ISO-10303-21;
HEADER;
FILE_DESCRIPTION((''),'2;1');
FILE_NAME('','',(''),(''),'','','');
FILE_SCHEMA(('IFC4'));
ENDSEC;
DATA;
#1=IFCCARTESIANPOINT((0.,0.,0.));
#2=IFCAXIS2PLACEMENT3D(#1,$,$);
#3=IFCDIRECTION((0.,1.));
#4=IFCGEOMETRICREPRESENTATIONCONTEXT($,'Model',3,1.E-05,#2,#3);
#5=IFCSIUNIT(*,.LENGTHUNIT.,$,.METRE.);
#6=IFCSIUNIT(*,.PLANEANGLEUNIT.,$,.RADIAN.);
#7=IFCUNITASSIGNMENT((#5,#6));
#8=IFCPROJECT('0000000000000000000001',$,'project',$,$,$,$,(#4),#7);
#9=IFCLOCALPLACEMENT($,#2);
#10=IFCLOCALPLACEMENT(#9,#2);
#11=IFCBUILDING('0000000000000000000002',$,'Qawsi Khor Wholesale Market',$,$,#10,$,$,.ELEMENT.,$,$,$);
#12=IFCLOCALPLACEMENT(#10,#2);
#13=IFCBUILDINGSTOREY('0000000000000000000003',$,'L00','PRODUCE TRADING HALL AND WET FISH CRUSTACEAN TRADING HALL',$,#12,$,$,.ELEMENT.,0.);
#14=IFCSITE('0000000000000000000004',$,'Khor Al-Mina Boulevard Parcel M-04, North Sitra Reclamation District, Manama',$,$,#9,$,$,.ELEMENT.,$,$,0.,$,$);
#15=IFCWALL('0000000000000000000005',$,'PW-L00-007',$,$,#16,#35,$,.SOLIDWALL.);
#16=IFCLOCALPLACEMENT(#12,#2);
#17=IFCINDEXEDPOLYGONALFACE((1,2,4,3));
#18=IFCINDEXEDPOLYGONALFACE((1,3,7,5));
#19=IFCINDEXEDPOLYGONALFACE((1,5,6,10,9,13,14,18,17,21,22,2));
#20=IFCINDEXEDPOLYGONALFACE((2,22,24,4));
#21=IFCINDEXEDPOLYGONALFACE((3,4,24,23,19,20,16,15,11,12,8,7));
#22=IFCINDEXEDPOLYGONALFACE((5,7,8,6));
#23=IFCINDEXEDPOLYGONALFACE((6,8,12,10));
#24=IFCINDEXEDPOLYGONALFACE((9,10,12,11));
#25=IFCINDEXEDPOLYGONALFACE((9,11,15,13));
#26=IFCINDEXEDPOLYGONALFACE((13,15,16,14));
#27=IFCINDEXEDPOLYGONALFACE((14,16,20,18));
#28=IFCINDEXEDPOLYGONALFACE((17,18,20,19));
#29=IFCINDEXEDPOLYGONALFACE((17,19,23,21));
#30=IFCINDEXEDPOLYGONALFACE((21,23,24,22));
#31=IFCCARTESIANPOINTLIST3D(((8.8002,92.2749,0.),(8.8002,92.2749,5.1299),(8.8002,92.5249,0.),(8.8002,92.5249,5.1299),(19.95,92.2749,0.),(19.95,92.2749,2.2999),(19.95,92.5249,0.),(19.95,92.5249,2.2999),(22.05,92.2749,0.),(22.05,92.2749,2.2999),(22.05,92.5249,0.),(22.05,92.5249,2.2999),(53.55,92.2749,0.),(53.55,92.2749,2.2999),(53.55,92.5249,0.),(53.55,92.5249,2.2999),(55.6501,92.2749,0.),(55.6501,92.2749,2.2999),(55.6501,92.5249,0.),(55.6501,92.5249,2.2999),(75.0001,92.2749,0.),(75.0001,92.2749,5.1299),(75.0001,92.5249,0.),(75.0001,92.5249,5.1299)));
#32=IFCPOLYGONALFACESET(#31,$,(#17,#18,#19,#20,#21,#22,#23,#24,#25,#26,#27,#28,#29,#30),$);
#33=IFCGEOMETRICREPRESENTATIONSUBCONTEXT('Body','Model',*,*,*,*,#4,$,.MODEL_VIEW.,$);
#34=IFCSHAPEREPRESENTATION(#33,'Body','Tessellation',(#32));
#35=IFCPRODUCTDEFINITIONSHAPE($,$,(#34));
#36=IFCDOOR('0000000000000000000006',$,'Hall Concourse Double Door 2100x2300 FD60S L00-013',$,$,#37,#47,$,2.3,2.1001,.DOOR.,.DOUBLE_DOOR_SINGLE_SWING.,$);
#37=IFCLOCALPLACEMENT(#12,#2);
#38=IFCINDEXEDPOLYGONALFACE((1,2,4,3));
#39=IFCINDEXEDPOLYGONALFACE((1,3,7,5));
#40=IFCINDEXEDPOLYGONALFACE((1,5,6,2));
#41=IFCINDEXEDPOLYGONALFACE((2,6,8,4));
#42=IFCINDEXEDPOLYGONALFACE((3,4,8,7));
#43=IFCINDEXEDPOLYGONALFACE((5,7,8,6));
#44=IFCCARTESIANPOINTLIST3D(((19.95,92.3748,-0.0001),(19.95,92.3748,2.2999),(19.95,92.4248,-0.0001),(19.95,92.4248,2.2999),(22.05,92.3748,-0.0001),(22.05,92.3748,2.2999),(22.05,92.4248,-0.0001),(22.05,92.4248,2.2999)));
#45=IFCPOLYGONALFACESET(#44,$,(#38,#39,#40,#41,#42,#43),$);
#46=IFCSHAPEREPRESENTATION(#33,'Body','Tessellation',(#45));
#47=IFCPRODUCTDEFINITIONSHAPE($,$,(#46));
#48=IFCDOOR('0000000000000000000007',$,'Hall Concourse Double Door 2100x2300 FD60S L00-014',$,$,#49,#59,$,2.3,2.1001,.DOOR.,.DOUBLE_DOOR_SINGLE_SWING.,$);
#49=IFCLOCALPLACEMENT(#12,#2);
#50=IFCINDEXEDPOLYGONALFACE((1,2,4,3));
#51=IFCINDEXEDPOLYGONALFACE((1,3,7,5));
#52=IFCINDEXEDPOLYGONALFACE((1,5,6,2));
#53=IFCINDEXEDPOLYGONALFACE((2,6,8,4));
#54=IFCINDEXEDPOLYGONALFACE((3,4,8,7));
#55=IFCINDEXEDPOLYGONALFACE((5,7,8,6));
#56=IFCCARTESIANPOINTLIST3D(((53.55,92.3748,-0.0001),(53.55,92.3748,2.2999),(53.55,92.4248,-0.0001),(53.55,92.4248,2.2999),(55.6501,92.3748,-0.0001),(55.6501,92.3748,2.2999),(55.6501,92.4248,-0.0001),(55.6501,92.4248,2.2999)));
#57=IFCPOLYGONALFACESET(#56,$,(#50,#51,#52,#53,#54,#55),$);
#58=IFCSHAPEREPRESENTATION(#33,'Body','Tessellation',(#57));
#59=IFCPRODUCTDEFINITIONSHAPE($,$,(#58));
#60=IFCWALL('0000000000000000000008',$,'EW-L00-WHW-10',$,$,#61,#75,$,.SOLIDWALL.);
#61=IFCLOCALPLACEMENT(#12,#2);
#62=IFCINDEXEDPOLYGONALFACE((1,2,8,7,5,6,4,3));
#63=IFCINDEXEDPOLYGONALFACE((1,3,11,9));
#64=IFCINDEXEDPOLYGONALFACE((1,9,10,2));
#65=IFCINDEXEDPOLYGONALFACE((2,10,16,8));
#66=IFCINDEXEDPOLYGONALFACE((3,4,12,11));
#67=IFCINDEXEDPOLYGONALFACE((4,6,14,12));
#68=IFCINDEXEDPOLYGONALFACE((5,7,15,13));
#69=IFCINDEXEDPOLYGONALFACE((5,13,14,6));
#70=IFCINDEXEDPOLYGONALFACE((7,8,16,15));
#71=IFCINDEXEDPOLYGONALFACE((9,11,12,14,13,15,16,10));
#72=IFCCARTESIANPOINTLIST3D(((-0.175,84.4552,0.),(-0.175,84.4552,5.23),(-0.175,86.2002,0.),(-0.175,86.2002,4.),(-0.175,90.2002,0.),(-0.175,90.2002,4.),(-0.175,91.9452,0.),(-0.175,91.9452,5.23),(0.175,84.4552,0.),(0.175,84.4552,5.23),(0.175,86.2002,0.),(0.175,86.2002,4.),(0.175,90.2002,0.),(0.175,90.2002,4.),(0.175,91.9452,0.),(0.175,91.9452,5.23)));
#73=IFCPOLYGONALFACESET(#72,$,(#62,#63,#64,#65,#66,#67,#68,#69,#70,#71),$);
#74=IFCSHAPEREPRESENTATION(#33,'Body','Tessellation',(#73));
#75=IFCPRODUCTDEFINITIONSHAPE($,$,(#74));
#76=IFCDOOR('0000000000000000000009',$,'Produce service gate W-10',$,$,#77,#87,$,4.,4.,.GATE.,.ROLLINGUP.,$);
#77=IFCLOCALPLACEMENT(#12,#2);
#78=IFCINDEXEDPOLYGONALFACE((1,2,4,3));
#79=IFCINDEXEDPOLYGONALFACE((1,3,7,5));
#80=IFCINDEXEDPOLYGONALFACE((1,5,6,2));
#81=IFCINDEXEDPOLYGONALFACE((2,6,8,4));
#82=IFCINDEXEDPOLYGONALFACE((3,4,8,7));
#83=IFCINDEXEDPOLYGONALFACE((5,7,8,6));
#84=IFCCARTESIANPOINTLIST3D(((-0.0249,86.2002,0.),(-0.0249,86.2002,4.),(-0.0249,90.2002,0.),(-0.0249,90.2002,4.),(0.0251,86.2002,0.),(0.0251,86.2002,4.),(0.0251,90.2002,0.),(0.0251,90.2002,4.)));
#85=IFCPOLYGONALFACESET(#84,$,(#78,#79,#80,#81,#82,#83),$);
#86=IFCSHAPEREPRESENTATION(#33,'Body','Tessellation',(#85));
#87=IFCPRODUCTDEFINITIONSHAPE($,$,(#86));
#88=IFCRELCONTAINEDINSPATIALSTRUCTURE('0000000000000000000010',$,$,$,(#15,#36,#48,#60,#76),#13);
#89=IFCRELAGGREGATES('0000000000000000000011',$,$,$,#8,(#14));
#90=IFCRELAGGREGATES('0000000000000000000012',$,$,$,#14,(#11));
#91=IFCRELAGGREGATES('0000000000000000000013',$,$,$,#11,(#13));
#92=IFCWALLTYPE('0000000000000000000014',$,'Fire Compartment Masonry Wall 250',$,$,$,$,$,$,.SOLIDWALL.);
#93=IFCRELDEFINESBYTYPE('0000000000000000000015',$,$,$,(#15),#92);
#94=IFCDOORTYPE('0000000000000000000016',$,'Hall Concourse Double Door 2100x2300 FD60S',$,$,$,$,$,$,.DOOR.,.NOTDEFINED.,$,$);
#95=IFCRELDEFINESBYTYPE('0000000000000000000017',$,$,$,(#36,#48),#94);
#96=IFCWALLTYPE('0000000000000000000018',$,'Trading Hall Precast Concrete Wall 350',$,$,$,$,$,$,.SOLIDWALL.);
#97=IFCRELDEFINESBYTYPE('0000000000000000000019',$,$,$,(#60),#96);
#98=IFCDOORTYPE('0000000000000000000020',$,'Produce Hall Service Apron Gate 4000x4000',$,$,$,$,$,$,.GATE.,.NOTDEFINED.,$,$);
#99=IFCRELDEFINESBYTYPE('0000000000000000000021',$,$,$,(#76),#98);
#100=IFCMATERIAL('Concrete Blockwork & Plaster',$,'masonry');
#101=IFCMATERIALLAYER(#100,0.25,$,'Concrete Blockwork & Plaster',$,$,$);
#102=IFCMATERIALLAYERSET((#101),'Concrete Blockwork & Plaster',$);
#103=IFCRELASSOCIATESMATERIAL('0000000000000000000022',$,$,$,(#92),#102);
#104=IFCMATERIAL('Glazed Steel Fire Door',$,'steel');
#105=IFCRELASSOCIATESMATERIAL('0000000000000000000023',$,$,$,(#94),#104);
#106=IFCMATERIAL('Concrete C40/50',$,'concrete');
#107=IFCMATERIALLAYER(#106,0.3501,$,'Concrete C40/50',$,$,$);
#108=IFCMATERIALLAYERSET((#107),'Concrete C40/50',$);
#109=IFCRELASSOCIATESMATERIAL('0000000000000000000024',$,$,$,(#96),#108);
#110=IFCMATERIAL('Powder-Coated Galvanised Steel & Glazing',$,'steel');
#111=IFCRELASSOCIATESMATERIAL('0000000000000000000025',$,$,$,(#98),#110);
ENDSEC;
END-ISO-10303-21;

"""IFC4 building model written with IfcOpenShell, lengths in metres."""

from ifc_helpers import new_model, si_unit, direction, frame, frame_2d, origin, place, context, subcontext, project, spatial, rectangle, extrude, material, layer, layer_set, type_object, element, fill, save


model = new_model("IFC4")

# Units and contexts
model_context = context("Model", 3, precision=1e-05, world=origin(), true_north=direction((0.0, 1.0)))
body_context = subcontext(model_context, "Body", "Model", "MODEL_VIEW")
ifc_project = project(units=[si_unit("LENGTHUNIT", "METRE"), si_unit("PLANEANGLEUNIT", "RADIAN")], contexts=[model_context])

# Site, building, storey
site_placement = place(None, origin())
site = spatial("IfcSite", under=ifc_project, at=site_placement, Name="Khor Al-Mina Boulevard Parcel M-04, North Sitra Reclamation District, Manama", CompositionType="ELEMENT", RefElevation=0.0)
building_placement = place(site_placement, origin())
building = spatial("IfcBuilding", under=site, at=building_placement, Name="Qawsi Khor Wholesale Market", CompositionType="ELEMENT")
storey_placement = place(building_placement, origin())
storey = spatial("IfcBuildingStorey", under=building, at=storey_placement, Name="L00", Description="PRODUCE TRADING HALL AND WET FISH CRUSTACEAN TRADING HALL", CompositionType="ELEMENT", Elevation=0.0)

# Shared definitions
ifc_material_1 = material(Name="Concrete C40/50", Category="concrete")

# Wall, openings, doors
ifc_material_2 = material(Name="Concrete Blockwork & Plaster", Category="masonry")
ifc_layer_1 = layer(ifc_material_2, 0.25, Name="Concrete Blockwork & Plaster")
ifc_layer_set_1 = layer_set([ifc_layer_1], Name="Concrete Blockwork & Plaster")
wall_type_1 = type_object("IfcWallType", Name="Fire Compartment Masonry Wall 250", PredefinedType="SOLIDWALL", material=ifc_layer_set_1)
wall_1_placement = place(storey_placement, frame((8.8, 92.3999, 0.0), z_axis=(0.0, 0.0, 1.0), x_axis=(1.0, 0.0, 0.0)))
wall_1 = element("IfcWall", 1, at=wall_1_placement, inside=storey, type_object=wall_type_1, Name="PW-L00-007", PredefinedType="SOLIDWALL", context=body_context, shape_type="SweptSolid", body=[
    extrude(rectangle(XDim=66.2, YDim=0.25, at=frame_2d((33.1001, 0.0))), origin(), (0.0, 0.0, 1.0), 5.1299),
])
opening_1_placement = place(wall_1_placement, frame((11.1499, 0.0, 0.0)))
opening_1 = element("IfcOpeningElement", 2, at=opening_1_placement, cuts=wall_1, PredefinedType="OPENING", context=body_context, shape_type="SweptSolid", body=[
    extrude(rectangle(XDim=2.1001, YDim=2.3, at=frame_2d((1.05, 1.1499))), frame((0.0, 0.135, 0.0), z_axis=(0.0, -1.0, 0.0), x_axis=(1.0, 0.0, 0.0)), (0.0, 0.0, 1.0), 0.27),
])
opening_2_placement = place(wall_1_placement, frame((44.75, 0.0, 0.0)))
opening_2 = element("IfcOpeningElement", 3, at=opening_2_placement, cuts=wall_1, PredefinedType="OPENING", context=body_context, shape_type="SweptSolid", body=[
    extrude(rectangle(XDim=2.1001, YDim=2.3, at=frame_2d((1.05, 1.1499))), frame((0.0, 0.135, 0.0), z_axis=(0.0, -1.0, 0.0), x_axis=(1.0, 0.0, 0.0)), (0.0, 0.0, 1.0), 0.27),
])
ifc_material_3 = material(Name="Glazed Steel Fire Door", Category="steel")
door_type_1 = type_object("IfcDoorType", Name="Hall Concourse Double Door 2100x2300 FD60S", OperationType="NOTDEFINED", PredefinedType="DOOR", material=ifc_material_3)
door_1_placement = place(opening_1_placement, origin())
door_1 = element("IfcDoor", 4, at=door_1_placement, inside=storey, type_object=door_type_1, Name="Hall Concourse Double Door 2100x2300 FD60S L00-013", OperationType="DOUBLE_DOOR_SINGLE_SWING", OverallHeight=2.3, OverallWidth=2.1001, PredefinedType="DOOR", context=body_context, shape_type="SweptSolid", body=[
    extrude(rectangle(XDim=2.1001, YDim=2.3, at=frame_2d((1.05, 1.1499))), frame((0.0, 0.0249, 0.0), z_axis=(0.0, -1.0, 0.0), x_axis=(1.0, 0.0, 0.0)), (0.0, 0.0, 1.0), 0.05),
])
fill(opening_1, door_1)
door_2_placement = place(opening_2_placement, origin())
door_2 = element("IfcDoor", 5, at=door_2_placement, inside=storey, type_object=door_type_1, Name="Hall Concourse Double Door 2100x2300 FD60S L00-014", OperationType="DOUBLE_DOOR_SINGLE_SWING", OverallHeight=2.3, OverallWidth=2.1001, PredefinedType="DOOR", context=body_context, shape_type="SweptSolid", body=[
    extrude(rectangle(XDim=2.1001, YDim=2.3, at=frame_2d((1.05, 1.1499))), frame((0.0, 0.0249, 0.0), z_axis=(0.0, -1.0, 0.0), x_axis=(1.0, 0.0, 0.0)), (0.0, 0.0, 1.0), 0.05),
])
fill(opening_2, door_2)

# Wall, opening, door
ifc_layer_2 = layer(ifc_material_1, 0.3501, Name="Concrete C40/50")
ifc_layer_set_2 = layer_set([ifc_layer_2], Name="Concrete C40/50")
wall_type_2 = type_object("IfcWallType", Name="Trading Hall Precast Concrete Wall 350", PredefinedType="SOLIDWALL", material=ifc_layer_set_2)
wall_2_placement = place(storey_placement, frame((0.0, 84.4551, 0.0), z_axis=(0.0, 0.0, 1.0), x_axis=(0.0, 1.0, 0.0)))
wall_2 = element("IfcWall", 6, at=wall_2_placement, inside=storey, type_object=wall_type_2, Name="EW-L00-WHW-10", PredefinedType="SOLIDWALL", context=body_context, shape_type="SweptSolid", body=[
    extrude(rectangle(XDim=7.49, YDim=0.3501, at=frame_2d((3.7451, 0.0))), origin(), (0.0, 0.0, 1.0), 5.23),
])
opening_3_placement = place(wall_2_placement, frame((1.7451, 0.0, 0.0)))
opening_3 = element("IfcOpeningElement", 7, at=opening_3_placement, cuts=wall_2, PredefinedType="OPENING", context=body_context, shape_type="SweptSolid", body=[
    extrude(rectangle(XDim=4.0, YDim=4.0, at=frame_2d((2.0, 2.0))), frame((0.0, 0.1851, 0.0), z_axis=(0.0, -1.0, 0.0), x_axis=(1.0, 0.0, 0.0)), (0.0, 0.0, 1.0), 0.3701),
])
ifc_material_4 = material(Name="Powder-Coated Galvanised Steel & Glazing", Category="steel")
door_type_2 = type_object("IfcDoorType", Name="Produce Hall Service Apron Gate 4000x4000", OperationType="NOTDEFINED", PredefinedType="GATE", material=ifc_material_4)
door_3_placement = place(opening_3_placement, origin())
door_3 = element("IfcDoor", 8, at=door_3_placement, inside=storey, type_object=door_type_2, Name="Produce service gate W-10", OperationType="ROLLINGUP", OverallHeight=4.0, OverallWidth=4.0, PredefinedType="GATE", context=body_context, shape_type="SweptSolid", body=[
    extrude(rectangle(XDim=4.0, YDim=4.0, at=frame_2d((2.0, 2.0))), frame((0.0, 0.0249, 0.0), z_axis=(0.0, -1.0, 0.0), x_axis=(1.0, 0.0, 0.0)), (0.0, 0.0, 1.0), 0.05),
])
fill(opening_3, door_3)

save(model, "model.ifc")
